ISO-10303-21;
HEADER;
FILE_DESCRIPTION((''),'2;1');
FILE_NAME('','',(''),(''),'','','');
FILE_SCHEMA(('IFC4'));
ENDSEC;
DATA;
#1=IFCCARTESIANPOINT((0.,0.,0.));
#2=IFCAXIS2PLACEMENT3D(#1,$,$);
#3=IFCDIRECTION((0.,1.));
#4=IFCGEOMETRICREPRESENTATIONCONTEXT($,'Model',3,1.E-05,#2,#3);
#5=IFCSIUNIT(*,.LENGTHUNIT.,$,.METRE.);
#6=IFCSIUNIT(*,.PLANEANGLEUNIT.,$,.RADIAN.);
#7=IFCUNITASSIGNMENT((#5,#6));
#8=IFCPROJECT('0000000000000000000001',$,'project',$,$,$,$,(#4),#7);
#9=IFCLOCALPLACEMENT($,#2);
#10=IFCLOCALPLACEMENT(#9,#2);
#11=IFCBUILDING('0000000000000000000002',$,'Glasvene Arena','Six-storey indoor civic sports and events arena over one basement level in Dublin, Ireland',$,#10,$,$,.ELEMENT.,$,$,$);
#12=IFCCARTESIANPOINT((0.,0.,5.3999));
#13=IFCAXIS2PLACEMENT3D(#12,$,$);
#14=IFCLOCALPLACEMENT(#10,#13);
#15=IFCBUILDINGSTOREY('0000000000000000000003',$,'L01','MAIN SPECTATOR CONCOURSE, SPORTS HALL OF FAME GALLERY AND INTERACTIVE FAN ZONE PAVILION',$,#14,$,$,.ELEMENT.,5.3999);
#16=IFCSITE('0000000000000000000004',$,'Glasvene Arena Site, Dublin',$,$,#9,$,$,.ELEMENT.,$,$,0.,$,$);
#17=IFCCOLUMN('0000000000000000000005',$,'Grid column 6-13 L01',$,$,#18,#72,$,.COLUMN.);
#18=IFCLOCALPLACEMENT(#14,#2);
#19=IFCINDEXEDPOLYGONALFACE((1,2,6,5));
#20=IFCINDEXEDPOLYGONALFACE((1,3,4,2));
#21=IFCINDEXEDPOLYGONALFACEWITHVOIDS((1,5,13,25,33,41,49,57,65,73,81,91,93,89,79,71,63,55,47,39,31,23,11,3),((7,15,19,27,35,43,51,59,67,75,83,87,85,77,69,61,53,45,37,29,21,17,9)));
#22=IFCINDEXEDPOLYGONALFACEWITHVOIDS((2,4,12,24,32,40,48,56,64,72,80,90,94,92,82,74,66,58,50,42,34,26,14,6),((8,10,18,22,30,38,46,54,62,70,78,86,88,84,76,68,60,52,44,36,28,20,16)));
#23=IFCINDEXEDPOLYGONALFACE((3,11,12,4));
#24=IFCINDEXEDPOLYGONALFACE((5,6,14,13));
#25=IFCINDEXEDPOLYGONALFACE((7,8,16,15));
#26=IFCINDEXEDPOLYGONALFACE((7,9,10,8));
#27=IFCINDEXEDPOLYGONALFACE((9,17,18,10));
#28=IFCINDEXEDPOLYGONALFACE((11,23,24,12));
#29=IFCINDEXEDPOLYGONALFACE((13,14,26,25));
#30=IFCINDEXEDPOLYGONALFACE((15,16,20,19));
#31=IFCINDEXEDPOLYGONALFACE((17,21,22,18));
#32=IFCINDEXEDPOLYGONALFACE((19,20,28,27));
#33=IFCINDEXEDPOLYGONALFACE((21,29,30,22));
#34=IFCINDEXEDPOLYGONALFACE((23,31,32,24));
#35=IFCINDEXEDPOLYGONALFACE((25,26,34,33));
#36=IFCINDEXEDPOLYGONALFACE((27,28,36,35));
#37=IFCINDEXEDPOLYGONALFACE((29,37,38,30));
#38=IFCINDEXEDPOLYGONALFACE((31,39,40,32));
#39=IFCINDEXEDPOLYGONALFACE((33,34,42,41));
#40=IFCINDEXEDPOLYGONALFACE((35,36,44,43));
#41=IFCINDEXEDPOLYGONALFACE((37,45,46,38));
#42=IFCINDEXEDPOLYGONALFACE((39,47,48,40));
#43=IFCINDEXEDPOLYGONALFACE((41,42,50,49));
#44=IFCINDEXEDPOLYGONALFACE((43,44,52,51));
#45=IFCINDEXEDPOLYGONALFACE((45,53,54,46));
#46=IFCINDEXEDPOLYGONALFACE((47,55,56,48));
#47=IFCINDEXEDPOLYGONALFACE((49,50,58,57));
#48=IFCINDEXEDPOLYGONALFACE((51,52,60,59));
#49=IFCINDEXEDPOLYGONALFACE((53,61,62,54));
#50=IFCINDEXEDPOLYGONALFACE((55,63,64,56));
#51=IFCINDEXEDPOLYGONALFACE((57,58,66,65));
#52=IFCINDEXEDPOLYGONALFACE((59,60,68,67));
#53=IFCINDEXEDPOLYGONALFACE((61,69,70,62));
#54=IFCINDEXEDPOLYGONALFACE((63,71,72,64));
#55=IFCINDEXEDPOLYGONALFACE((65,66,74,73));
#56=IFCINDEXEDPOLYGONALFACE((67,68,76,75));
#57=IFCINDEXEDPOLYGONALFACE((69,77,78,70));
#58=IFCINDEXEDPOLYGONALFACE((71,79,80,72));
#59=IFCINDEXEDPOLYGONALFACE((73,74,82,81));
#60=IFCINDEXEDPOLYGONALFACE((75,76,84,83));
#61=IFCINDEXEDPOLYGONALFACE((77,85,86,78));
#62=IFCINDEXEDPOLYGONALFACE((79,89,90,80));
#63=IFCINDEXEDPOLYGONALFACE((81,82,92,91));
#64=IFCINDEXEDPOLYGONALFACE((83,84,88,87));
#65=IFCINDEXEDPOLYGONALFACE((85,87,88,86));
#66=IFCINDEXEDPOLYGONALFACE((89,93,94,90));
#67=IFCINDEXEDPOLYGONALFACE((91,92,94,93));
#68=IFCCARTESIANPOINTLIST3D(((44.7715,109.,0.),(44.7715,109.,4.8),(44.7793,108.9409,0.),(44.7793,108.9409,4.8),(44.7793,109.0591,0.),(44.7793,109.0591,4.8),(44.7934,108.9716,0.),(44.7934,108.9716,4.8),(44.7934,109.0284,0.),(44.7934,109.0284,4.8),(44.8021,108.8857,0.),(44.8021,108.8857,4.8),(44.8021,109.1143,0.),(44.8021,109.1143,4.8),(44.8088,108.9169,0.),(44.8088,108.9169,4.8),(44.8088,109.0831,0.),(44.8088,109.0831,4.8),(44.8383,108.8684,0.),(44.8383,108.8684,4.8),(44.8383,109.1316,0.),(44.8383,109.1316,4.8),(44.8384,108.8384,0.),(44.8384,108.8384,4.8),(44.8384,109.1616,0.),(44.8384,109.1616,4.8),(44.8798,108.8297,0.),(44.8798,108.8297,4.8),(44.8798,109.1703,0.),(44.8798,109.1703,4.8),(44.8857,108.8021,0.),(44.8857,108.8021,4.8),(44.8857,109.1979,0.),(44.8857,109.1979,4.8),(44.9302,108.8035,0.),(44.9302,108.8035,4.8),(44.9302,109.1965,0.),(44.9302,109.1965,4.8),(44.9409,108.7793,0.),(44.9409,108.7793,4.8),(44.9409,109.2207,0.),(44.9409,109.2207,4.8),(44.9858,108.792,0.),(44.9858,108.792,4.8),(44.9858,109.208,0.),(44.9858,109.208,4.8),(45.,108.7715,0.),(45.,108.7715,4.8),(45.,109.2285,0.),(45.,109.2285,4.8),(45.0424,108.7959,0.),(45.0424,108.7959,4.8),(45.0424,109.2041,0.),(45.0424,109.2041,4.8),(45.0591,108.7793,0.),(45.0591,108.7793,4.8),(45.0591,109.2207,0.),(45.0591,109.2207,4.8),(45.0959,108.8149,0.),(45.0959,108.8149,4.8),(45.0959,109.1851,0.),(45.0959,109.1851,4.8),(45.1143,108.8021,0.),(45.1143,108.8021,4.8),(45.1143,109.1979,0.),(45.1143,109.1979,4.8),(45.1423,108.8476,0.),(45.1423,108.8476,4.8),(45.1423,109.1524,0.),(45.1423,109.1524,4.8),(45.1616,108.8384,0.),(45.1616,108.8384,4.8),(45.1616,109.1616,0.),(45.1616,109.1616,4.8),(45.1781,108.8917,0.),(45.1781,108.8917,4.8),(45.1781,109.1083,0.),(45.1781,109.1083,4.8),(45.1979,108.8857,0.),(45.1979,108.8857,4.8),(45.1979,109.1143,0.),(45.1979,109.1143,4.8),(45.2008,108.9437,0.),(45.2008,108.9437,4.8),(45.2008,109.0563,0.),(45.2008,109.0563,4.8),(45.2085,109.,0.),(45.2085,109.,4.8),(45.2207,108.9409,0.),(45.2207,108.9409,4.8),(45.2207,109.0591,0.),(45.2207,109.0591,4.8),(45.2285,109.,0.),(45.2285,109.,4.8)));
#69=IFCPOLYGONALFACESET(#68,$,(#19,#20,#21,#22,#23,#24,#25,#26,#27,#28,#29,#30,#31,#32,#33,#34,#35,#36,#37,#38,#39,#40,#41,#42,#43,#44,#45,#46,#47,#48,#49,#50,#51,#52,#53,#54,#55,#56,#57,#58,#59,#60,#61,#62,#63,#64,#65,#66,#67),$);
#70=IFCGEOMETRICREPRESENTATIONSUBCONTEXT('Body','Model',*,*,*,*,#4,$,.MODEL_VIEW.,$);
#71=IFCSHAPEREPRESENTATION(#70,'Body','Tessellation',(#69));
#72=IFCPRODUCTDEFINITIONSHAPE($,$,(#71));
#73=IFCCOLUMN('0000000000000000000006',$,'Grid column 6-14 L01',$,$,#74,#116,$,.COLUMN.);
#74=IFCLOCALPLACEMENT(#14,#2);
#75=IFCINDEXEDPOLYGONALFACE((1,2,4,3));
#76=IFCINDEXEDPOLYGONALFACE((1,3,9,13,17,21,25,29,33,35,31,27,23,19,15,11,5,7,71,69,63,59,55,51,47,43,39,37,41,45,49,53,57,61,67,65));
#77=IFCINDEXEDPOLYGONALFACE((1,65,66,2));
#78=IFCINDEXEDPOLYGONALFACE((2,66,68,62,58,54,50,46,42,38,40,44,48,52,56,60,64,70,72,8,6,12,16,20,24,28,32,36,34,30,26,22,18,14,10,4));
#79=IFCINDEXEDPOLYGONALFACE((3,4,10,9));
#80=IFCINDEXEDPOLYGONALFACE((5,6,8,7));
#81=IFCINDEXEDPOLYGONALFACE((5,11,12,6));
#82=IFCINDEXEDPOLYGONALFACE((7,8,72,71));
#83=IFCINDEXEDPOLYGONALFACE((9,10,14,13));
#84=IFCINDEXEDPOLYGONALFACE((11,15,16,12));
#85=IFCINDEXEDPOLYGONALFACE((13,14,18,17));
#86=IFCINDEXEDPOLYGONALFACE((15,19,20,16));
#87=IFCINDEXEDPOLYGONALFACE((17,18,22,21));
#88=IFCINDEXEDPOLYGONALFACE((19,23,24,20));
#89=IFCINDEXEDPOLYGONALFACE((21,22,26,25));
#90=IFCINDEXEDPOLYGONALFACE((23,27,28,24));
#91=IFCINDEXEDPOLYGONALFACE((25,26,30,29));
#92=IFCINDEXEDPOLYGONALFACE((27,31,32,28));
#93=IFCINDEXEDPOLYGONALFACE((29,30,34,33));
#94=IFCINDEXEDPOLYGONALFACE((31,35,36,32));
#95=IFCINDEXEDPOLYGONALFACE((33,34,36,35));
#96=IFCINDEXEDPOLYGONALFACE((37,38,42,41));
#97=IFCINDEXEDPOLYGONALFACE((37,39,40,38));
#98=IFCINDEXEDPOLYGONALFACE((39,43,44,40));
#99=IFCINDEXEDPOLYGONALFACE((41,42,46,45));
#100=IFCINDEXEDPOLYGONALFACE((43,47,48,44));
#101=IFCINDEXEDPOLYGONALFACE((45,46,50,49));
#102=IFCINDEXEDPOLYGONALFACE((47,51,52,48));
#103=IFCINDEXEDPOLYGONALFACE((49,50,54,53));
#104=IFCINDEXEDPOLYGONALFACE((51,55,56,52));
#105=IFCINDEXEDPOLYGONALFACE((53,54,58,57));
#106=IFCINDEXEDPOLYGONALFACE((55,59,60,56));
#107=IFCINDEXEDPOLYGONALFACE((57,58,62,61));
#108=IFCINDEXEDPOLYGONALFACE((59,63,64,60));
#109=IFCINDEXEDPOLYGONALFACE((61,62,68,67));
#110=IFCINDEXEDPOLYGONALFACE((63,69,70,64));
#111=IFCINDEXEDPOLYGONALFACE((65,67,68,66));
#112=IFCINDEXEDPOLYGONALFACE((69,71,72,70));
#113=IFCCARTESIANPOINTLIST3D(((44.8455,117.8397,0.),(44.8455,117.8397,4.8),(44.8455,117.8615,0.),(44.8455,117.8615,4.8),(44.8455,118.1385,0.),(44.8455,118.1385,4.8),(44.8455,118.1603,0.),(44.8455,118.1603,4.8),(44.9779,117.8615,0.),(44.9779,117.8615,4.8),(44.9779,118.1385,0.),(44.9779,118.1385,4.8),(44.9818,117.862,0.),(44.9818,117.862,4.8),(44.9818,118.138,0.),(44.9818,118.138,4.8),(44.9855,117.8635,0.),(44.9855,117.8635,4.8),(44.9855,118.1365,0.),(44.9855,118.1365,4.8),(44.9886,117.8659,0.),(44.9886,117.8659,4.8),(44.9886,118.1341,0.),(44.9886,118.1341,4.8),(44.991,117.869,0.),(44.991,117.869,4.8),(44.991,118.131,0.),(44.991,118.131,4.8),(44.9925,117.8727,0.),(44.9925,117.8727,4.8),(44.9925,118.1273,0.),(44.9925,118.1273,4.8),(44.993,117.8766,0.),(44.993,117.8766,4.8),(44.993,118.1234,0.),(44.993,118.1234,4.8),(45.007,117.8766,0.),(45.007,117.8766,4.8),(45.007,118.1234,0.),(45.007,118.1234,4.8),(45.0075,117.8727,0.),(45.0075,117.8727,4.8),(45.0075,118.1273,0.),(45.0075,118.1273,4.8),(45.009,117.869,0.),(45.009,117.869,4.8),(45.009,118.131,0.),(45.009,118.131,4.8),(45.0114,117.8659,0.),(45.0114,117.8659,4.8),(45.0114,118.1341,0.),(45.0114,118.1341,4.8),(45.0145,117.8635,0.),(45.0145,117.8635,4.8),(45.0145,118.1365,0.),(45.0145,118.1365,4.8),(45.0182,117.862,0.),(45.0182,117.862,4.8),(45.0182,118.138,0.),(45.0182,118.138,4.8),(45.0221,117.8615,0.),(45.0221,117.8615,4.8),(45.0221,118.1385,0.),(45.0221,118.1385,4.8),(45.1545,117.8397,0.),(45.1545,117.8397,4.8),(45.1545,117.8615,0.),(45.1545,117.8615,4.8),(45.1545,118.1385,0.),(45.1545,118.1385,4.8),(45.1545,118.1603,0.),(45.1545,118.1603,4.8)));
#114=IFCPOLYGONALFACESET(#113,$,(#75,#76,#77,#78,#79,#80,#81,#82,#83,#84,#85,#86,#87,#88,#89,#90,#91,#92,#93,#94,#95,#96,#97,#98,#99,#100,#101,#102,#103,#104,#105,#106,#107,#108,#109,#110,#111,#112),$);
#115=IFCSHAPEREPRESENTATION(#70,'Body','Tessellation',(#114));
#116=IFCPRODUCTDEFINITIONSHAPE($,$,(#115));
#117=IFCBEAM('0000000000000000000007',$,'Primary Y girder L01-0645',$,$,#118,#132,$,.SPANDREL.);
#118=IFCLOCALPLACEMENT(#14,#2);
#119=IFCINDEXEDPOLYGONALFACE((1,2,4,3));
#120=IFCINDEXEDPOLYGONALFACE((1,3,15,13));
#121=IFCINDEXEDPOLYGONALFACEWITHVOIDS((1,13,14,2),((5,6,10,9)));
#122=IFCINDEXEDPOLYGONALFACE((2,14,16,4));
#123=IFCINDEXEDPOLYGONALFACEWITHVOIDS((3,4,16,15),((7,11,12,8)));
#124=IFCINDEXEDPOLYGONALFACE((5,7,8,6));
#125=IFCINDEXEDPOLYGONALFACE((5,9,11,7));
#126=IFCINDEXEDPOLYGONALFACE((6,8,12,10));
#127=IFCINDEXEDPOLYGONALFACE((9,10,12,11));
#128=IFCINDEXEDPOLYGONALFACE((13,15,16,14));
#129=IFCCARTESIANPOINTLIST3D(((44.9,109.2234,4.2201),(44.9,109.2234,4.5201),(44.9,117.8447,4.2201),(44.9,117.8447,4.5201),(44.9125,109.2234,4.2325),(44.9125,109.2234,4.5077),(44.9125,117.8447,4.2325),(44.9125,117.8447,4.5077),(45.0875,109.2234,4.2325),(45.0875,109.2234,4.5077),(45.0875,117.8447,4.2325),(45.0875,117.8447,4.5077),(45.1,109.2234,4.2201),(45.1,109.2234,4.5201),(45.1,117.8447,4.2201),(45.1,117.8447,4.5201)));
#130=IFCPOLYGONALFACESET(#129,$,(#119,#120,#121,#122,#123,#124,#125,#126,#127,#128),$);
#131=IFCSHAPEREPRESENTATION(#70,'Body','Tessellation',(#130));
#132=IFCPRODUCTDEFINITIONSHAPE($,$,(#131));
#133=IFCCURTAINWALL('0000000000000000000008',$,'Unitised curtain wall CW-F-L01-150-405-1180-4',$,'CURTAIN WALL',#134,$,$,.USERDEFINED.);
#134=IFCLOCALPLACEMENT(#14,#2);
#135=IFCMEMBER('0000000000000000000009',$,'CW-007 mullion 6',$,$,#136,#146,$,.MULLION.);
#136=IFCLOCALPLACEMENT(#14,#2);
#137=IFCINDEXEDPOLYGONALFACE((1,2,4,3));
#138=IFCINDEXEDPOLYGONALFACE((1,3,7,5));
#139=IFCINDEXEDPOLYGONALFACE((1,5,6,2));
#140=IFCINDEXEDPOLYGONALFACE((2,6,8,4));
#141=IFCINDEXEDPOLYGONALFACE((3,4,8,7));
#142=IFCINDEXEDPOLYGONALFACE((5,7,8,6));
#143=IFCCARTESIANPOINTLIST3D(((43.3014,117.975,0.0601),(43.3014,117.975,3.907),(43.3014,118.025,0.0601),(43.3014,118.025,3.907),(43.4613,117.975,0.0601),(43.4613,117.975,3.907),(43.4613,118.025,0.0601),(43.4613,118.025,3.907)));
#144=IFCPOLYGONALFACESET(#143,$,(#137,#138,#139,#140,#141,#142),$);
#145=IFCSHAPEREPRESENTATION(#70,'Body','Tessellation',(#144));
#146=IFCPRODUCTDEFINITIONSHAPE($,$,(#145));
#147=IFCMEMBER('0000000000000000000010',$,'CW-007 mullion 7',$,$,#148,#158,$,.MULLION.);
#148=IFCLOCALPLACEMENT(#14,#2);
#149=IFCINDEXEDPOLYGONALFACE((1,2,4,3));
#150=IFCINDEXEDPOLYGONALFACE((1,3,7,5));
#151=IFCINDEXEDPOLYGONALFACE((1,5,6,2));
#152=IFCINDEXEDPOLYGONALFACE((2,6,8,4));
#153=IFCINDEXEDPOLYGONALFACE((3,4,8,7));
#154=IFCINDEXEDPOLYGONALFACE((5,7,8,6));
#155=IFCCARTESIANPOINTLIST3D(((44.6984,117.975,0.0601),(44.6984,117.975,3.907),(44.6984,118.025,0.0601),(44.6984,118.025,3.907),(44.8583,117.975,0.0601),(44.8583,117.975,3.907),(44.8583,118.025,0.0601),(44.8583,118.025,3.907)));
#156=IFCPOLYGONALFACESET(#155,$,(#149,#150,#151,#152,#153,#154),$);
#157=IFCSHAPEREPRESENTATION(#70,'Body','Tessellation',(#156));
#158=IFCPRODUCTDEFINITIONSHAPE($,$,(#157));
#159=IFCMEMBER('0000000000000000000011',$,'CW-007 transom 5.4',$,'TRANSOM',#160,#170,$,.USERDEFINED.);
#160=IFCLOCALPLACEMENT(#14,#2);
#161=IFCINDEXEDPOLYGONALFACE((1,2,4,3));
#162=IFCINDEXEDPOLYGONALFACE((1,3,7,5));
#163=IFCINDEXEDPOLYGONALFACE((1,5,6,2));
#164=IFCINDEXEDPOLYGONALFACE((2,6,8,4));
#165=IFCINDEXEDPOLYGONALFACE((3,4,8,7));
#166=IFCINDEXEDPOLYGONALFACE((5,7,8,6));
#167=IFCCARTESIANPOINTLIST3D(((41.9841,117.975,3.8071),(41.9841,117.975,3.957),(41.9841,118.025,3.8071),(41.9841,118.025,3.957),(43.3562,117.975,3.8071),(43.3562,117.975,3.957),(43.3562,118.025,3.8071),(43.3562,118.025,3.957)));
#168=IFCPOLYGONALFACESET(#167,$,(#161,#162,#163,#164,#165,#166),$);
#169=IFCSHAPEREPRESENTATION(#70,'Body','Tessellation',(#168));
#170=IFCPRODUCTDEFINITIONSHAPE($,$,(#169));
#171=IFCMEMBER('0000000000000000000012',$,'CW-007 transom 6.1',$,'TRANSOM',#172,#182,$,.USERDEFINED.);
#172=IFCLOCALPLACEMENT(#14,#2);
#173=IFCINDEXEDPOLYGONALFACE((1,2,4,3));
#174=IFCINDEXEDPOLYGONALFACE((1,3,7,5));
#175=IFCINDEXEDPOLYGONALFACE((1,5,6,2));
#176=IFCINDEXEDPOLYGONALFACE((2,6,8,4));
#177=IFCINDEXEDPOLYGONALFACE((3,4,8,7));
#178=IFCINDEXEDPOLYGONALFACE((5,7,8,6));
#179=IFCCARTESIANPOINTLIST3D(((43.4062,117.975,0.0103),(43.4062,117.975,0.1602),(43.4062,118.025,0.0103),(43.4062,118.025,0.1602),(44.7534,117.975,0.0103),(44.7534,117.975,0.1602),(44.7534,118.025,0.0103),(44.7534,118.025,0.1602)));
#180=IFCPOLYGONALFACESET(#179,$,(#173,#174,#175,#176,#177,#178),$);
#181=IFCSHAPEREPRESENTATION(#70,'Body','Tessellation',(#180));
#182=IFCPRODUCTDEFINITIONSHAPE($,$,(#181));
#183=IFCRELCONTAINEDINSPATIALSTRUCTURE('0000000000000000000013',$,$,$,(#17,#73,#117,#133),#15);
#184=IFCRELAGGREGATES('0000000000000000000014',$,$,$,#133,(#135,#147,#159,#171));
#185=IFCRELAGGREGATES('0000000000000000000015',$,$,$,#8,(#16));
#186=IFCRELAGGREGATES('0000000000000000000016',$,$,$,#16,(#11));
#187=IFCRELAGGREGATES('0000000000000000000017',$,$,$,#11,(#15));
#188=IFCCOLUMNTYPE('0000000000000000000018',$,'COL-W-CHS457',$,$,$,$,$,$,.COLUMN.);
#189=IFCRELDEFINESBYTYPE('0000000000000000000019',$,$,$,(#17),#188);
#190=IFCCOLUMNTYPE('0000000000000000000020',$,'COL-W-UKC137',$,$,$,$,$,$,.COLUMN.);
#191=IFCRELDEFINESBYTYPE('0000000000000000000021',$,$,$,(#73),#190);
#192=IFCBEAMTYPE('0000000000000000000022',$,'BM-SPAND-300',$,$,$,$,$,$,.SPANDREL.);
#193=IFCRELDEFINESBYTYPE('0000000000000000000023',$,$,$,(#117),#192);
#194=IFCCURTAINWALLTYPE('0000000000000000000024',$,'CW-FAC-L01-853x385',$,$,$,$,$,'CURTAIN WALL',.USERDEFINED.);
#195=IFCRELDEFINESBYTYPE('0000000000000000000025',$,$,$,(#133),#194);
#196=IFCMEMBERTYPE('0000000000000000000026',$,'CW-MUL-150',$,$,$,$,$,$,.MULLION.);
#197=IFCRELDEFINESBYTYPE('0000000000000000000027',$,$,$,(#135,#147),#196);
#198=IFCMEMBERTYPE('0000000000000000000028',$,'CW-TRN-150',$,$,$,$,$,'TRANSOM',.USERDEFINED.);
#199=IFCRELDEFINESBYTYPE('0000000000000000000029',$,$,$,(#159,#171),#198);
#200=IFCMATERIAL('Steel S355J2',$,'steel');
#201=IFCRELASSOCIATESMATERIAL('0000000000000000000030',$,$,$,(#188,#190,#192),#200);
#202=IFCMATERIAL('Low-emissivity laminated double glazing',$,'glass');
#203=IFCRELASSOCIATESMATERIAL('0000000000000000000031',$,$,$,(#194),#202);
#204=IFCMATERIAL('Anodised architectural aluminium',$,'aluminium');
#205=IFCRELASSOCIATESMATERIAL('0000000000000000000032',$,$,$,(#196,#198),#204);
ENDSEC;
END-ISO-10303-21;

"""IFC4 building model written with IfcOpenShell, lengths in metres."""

from ifc_helpers import new_model, si_unit, direction, frame, origin, origin_2d, place, context, subcontext, project, spatial, rectangle, hollow_rectangle, hollow_circle, i_section, extrude, material, material_profile, profile_set, type_object, element, aggregate, save


model = new_model("IFC4")

# Units and contexts
model_context = context("Model", 3, precision=1e-05, world=origin(), true_north=direction((0.0, 1.0)))
body_context = subcontext(model_context, "Body", "Model", "MODEL_VIEW")
ifc_project = project(units=[si_unit("LENGTHUNIT", "METRE"), si_unit("PLANEANGLEUNIT", "RADIAN")], contexts=[model_context])

# Site, building, storey
site_placement = place(None, origin())
site = spatial("IfcSite", under=ifc_project, at=site_placement, Name="Glasvene Arena Site, Dublin", CompositionType="ELEMENT", RefElevation=0.0)
building_placement = place(site_placement, origin())
building = spatial("IfcBuilding", under=site, at=building_placement, Name="Glasvene Arena", Description="Six-storey indoor civic sports and events arena over one basement level in Dublin, Ireland", CompositionType="ELEMENT")
storey_placement = place(building_placement, frame((0.0, 0.0, 5.3999)))
storey = spatial("IfcBuildingStorey", under=building, at=storey_placement, Name="L01", Description="MAIN SPECTATOR CONCOURSE, SPORTS HALL OF FAME GALLERY AND INTERACTIVE FAN ZONE PAVILION", CompositionType="ELEMENT", Elevation=5.3999)

# Columns
ifc_material_1 = material(Name="Steel S355J2", Category="steel")
ifc_material_profile_1 = material_profile(ifc_material_1, hollow_circle(Radius=0.2285, WallThickness=0.02, at=origin_2d()), Name="CHS 457.0x20.0")
ifc_profile_set_1 = profile_set([ifc_material_profile_1], Name="Steel S355J2")
column_type_1 = type_object("IfcColumnType", Name="COL-W-CHS457", PredefinedType="COLUMN", material=ifc_profile_set_1)
column_1_placement = place(storey_placement, frame((45.0, 109.0, 0.0), z_axis=(0.0, 0.0, 1.0), x_axis=(1.0, 0.0, 0.0)))
element("IfcColumn", 1, at=column_1_placement, inside=storey, type_object=column_type_1, Name="Grid column 6-13 L01", PredefinedType="COLUMN", context=body_context, shape_type="SweptSolid", body=[
    extrude(hollow_circle(Radius=0.2285, WallThickness=0.02, at=origin_2d()), origin(), (0.0, 0.0, 1.0), 4.8),
])
ifc_material_profile_2 = material_profile(ifc_material_1, i_section(OverallWidth=0.3091, OverallDepth=0.3206, WebThickness=0.0139, FlangeThickness=0.0217, FilletRadius=0.0151, at=origin_2d()), Name="UKC 305x305x137")
ifc_profile_set_2 = profile_set([ifc_material_profile_2], Name="Steel S355J2")
column_type_2 = type_object("IfcColumnType", Name="COL-W-UKC137", PredefinedType="COLUMN", material=ifc_profile_set_2)
column_2_placement = place(storey_placement, frame((45.0, 118.0, 0.0), z_axis=(0.0, 0.0, 1.0), x_axis=(1.0, 0.0, 0.0)))
element("IfcColumn", 2, at=column_2_placement, inside=storey, type_object=column_type_2, Name="Grid column 6-14 L01", PredefinedType="COLUMN", context=body_context, shape_type="SweptSolid", body=[
    extrude(i_section(OverallWidth=0.3091, OverallDepth=0.3206, WebThickness=0.0139, FlangeThickness=0.0217, FilletRadius=0.0151, at=origin_2d()), origin(), (0.0, 0.0, 1.0), 4.8),
])

# Beam
ifc_material_profile_3 = material_profile(ifc_material_1, hollow_rectangle(XDim=0.2, YDim=0.3, WallThickness=0.0125, at=origin_2d()), Name="RHS 300x200x12.5")
ifc_profile_set_3 = profile_set([ifc_material_profile_3], Name="Steel S355J2")
beam_type = type_object("IfcBeamType", Name="BM-SPAND-300", PredefinedType="SPANDREL", material=ifc_profile_set_3)
beam_placement = place(storey_placement, frame((45.0, 109.2234, 4.3701), z_axis=(0.0, 1.0, 0.0), x_axis=(-1.0, 0.0, 0.0)))
element("IfcBeam", 3, at=beam_placement, inside=storey, type_object=beam_type, Name="Primary Y girder L01-0645", PredefinedType="SPANDREL", context=body_context, shape_type="SweptSolid", body=[
    extrude(hollow_rectangle(XDim=0.2, YDim=0.3, WallThickness=0.0125, at=origin_2d()), origin(), (0.0, 0.0, 1.0), 8.6213),
])

# Curtain wall, members
ifc_material_2 = material(Name="Low-emissivity laminated double glazing", Category="glass")
curtain_wall_type = type_object("IfcCurtainWallType", Name="CW-FAC-L01-853x385", ElementType="CURTAIN WALL", PredefinedType="USERDEFINED", material=ifc_material_2)
curtain_wall_placement = place(storey_placement, frame((36.2705, 118.0, 0.0)))
curtain_wall = element("IfcCurtainWall", 4, at=curtain_wall_placement, inside=storey, type_object=curtain_wall_type, Name="Unitised curtain wall CW-F-L01-150-405-1180-4", ObjectType="CURTAIN WALL", PredefinedType="USERDEFINED")
ifc_material_3 = material(Name="Anodised architectural aluminium", Category="aluminium")
ifc_material_profile_4 = material_profile(ifc_material_3, rectangle(XDim=0.05, YDim=0.1599, at=origin_2d()), Name="ALU MULLION 50x160")
ifc_profile_set_4 = profile_set([ifc_material_profile_4], Name="Anodised architectural aluminium")
member_type_1 = type_object("IfcMemberType", Name="CW-MUL-150", PredefinedType="MULLION", material=ifc_profile_set_4)
member_1_placement = place(storey_placement, frame((43.3813, 118.0, 0.0601), z_axis=(0.0, 0.0, 1.0), x_axis=(0.0, 1.0, 0.0)))
member_1 = element("IfcMember", 5, at=member_1_placement, type_object=member_type_1, Name="CW-007 mullion 6", PredefinedType="MULLION", context=body_context, shape_type="SweptSolid", body=[
    extrude(rectangle(XDim=0.05, YDim=0.1599, at=origin_2d()), origin(), (0.0, 0.0, 1.0), 3.8469),
])
member_2_placement = place(storey_placement, frame((44.7783, 118.0, 0.0601), z_axis=(0.0, 0.0, 1.0), x_axis=(0.0, 1.0, 0.0)))
member_2 = element("IfcMember", 6, at=member_2_placement, type_object=member_type_1, Name="CW-007 mullion 7", PredefinedType="MULLION", context=body_context, shape_type="SweptSolid", body=[
    extrude(rectangle(XDim=0.05, YDim=0.1599, at=origin_2d()), origin(), (0.0, 0.0, 1.0), 3.8469),
])
ifc_material_profile_5 = material_profile(ifc_material_3, rectangle(XDim=0.05, YDim=0.1499, at=origin_2d()), Name="ALU TRANSOM 50x150")
ifc_profile_set_5 = profile_set([ifc_material_profile_5], Name="Anodised architectural aluminium")
member_type_2 = type_object("IfcMemberType", Name="CW-TRN-150", ElementType="TRANSOM", PredefinedType="USERDEFINED", material=ifc_profile_set_5)
member_3_placement = place(storey_placement, frame((41.9841, 118.0, 3.8821), z_axis=(1.0, 0.0, 0.0), x_axis=(0.0, 1.0, 0.0)))
member_3 = element("IfcMember", 7, at=member_3_placement, type_object=member_type_2, Name="CW-007 transom 5.4", ObjectType="TRANSOM", PredefinedType="USERDEFINED", context=body_context, shape_type="SweptSolid", body=[
    extrude(rectangle(XDim=0.05, YDim=0.1499, at=origin_2d()), origin(), (0.0, 0.0, 1.0), 1.3721),
])
member_4_placement = place(storey_placement, frame((43.4062, 118.0, 0.0852), z_axis=(1.0, 0.0, 0.0), x_axis=(0.0, 1.0, 0.0)))
member_4 = element("IfcMember", 8, at=member_4_placement, type_object=member_type_2, Name="CW-007 transom 6.1", ObjectType="TRANSOM", PredefinedType="USERDEFINED", context=body_context, shape_type="SweptSolid", body=[
    extrude(rectangle(XDim=0.05, YDim=0.1499, at=origin_2d()), origin(), (0.0, 0.0, 1.0), 1.3472),
])
aggregate(curtain_wall, [member_1, member_2, member_3, member_4])

save(model, "model.ifc")
